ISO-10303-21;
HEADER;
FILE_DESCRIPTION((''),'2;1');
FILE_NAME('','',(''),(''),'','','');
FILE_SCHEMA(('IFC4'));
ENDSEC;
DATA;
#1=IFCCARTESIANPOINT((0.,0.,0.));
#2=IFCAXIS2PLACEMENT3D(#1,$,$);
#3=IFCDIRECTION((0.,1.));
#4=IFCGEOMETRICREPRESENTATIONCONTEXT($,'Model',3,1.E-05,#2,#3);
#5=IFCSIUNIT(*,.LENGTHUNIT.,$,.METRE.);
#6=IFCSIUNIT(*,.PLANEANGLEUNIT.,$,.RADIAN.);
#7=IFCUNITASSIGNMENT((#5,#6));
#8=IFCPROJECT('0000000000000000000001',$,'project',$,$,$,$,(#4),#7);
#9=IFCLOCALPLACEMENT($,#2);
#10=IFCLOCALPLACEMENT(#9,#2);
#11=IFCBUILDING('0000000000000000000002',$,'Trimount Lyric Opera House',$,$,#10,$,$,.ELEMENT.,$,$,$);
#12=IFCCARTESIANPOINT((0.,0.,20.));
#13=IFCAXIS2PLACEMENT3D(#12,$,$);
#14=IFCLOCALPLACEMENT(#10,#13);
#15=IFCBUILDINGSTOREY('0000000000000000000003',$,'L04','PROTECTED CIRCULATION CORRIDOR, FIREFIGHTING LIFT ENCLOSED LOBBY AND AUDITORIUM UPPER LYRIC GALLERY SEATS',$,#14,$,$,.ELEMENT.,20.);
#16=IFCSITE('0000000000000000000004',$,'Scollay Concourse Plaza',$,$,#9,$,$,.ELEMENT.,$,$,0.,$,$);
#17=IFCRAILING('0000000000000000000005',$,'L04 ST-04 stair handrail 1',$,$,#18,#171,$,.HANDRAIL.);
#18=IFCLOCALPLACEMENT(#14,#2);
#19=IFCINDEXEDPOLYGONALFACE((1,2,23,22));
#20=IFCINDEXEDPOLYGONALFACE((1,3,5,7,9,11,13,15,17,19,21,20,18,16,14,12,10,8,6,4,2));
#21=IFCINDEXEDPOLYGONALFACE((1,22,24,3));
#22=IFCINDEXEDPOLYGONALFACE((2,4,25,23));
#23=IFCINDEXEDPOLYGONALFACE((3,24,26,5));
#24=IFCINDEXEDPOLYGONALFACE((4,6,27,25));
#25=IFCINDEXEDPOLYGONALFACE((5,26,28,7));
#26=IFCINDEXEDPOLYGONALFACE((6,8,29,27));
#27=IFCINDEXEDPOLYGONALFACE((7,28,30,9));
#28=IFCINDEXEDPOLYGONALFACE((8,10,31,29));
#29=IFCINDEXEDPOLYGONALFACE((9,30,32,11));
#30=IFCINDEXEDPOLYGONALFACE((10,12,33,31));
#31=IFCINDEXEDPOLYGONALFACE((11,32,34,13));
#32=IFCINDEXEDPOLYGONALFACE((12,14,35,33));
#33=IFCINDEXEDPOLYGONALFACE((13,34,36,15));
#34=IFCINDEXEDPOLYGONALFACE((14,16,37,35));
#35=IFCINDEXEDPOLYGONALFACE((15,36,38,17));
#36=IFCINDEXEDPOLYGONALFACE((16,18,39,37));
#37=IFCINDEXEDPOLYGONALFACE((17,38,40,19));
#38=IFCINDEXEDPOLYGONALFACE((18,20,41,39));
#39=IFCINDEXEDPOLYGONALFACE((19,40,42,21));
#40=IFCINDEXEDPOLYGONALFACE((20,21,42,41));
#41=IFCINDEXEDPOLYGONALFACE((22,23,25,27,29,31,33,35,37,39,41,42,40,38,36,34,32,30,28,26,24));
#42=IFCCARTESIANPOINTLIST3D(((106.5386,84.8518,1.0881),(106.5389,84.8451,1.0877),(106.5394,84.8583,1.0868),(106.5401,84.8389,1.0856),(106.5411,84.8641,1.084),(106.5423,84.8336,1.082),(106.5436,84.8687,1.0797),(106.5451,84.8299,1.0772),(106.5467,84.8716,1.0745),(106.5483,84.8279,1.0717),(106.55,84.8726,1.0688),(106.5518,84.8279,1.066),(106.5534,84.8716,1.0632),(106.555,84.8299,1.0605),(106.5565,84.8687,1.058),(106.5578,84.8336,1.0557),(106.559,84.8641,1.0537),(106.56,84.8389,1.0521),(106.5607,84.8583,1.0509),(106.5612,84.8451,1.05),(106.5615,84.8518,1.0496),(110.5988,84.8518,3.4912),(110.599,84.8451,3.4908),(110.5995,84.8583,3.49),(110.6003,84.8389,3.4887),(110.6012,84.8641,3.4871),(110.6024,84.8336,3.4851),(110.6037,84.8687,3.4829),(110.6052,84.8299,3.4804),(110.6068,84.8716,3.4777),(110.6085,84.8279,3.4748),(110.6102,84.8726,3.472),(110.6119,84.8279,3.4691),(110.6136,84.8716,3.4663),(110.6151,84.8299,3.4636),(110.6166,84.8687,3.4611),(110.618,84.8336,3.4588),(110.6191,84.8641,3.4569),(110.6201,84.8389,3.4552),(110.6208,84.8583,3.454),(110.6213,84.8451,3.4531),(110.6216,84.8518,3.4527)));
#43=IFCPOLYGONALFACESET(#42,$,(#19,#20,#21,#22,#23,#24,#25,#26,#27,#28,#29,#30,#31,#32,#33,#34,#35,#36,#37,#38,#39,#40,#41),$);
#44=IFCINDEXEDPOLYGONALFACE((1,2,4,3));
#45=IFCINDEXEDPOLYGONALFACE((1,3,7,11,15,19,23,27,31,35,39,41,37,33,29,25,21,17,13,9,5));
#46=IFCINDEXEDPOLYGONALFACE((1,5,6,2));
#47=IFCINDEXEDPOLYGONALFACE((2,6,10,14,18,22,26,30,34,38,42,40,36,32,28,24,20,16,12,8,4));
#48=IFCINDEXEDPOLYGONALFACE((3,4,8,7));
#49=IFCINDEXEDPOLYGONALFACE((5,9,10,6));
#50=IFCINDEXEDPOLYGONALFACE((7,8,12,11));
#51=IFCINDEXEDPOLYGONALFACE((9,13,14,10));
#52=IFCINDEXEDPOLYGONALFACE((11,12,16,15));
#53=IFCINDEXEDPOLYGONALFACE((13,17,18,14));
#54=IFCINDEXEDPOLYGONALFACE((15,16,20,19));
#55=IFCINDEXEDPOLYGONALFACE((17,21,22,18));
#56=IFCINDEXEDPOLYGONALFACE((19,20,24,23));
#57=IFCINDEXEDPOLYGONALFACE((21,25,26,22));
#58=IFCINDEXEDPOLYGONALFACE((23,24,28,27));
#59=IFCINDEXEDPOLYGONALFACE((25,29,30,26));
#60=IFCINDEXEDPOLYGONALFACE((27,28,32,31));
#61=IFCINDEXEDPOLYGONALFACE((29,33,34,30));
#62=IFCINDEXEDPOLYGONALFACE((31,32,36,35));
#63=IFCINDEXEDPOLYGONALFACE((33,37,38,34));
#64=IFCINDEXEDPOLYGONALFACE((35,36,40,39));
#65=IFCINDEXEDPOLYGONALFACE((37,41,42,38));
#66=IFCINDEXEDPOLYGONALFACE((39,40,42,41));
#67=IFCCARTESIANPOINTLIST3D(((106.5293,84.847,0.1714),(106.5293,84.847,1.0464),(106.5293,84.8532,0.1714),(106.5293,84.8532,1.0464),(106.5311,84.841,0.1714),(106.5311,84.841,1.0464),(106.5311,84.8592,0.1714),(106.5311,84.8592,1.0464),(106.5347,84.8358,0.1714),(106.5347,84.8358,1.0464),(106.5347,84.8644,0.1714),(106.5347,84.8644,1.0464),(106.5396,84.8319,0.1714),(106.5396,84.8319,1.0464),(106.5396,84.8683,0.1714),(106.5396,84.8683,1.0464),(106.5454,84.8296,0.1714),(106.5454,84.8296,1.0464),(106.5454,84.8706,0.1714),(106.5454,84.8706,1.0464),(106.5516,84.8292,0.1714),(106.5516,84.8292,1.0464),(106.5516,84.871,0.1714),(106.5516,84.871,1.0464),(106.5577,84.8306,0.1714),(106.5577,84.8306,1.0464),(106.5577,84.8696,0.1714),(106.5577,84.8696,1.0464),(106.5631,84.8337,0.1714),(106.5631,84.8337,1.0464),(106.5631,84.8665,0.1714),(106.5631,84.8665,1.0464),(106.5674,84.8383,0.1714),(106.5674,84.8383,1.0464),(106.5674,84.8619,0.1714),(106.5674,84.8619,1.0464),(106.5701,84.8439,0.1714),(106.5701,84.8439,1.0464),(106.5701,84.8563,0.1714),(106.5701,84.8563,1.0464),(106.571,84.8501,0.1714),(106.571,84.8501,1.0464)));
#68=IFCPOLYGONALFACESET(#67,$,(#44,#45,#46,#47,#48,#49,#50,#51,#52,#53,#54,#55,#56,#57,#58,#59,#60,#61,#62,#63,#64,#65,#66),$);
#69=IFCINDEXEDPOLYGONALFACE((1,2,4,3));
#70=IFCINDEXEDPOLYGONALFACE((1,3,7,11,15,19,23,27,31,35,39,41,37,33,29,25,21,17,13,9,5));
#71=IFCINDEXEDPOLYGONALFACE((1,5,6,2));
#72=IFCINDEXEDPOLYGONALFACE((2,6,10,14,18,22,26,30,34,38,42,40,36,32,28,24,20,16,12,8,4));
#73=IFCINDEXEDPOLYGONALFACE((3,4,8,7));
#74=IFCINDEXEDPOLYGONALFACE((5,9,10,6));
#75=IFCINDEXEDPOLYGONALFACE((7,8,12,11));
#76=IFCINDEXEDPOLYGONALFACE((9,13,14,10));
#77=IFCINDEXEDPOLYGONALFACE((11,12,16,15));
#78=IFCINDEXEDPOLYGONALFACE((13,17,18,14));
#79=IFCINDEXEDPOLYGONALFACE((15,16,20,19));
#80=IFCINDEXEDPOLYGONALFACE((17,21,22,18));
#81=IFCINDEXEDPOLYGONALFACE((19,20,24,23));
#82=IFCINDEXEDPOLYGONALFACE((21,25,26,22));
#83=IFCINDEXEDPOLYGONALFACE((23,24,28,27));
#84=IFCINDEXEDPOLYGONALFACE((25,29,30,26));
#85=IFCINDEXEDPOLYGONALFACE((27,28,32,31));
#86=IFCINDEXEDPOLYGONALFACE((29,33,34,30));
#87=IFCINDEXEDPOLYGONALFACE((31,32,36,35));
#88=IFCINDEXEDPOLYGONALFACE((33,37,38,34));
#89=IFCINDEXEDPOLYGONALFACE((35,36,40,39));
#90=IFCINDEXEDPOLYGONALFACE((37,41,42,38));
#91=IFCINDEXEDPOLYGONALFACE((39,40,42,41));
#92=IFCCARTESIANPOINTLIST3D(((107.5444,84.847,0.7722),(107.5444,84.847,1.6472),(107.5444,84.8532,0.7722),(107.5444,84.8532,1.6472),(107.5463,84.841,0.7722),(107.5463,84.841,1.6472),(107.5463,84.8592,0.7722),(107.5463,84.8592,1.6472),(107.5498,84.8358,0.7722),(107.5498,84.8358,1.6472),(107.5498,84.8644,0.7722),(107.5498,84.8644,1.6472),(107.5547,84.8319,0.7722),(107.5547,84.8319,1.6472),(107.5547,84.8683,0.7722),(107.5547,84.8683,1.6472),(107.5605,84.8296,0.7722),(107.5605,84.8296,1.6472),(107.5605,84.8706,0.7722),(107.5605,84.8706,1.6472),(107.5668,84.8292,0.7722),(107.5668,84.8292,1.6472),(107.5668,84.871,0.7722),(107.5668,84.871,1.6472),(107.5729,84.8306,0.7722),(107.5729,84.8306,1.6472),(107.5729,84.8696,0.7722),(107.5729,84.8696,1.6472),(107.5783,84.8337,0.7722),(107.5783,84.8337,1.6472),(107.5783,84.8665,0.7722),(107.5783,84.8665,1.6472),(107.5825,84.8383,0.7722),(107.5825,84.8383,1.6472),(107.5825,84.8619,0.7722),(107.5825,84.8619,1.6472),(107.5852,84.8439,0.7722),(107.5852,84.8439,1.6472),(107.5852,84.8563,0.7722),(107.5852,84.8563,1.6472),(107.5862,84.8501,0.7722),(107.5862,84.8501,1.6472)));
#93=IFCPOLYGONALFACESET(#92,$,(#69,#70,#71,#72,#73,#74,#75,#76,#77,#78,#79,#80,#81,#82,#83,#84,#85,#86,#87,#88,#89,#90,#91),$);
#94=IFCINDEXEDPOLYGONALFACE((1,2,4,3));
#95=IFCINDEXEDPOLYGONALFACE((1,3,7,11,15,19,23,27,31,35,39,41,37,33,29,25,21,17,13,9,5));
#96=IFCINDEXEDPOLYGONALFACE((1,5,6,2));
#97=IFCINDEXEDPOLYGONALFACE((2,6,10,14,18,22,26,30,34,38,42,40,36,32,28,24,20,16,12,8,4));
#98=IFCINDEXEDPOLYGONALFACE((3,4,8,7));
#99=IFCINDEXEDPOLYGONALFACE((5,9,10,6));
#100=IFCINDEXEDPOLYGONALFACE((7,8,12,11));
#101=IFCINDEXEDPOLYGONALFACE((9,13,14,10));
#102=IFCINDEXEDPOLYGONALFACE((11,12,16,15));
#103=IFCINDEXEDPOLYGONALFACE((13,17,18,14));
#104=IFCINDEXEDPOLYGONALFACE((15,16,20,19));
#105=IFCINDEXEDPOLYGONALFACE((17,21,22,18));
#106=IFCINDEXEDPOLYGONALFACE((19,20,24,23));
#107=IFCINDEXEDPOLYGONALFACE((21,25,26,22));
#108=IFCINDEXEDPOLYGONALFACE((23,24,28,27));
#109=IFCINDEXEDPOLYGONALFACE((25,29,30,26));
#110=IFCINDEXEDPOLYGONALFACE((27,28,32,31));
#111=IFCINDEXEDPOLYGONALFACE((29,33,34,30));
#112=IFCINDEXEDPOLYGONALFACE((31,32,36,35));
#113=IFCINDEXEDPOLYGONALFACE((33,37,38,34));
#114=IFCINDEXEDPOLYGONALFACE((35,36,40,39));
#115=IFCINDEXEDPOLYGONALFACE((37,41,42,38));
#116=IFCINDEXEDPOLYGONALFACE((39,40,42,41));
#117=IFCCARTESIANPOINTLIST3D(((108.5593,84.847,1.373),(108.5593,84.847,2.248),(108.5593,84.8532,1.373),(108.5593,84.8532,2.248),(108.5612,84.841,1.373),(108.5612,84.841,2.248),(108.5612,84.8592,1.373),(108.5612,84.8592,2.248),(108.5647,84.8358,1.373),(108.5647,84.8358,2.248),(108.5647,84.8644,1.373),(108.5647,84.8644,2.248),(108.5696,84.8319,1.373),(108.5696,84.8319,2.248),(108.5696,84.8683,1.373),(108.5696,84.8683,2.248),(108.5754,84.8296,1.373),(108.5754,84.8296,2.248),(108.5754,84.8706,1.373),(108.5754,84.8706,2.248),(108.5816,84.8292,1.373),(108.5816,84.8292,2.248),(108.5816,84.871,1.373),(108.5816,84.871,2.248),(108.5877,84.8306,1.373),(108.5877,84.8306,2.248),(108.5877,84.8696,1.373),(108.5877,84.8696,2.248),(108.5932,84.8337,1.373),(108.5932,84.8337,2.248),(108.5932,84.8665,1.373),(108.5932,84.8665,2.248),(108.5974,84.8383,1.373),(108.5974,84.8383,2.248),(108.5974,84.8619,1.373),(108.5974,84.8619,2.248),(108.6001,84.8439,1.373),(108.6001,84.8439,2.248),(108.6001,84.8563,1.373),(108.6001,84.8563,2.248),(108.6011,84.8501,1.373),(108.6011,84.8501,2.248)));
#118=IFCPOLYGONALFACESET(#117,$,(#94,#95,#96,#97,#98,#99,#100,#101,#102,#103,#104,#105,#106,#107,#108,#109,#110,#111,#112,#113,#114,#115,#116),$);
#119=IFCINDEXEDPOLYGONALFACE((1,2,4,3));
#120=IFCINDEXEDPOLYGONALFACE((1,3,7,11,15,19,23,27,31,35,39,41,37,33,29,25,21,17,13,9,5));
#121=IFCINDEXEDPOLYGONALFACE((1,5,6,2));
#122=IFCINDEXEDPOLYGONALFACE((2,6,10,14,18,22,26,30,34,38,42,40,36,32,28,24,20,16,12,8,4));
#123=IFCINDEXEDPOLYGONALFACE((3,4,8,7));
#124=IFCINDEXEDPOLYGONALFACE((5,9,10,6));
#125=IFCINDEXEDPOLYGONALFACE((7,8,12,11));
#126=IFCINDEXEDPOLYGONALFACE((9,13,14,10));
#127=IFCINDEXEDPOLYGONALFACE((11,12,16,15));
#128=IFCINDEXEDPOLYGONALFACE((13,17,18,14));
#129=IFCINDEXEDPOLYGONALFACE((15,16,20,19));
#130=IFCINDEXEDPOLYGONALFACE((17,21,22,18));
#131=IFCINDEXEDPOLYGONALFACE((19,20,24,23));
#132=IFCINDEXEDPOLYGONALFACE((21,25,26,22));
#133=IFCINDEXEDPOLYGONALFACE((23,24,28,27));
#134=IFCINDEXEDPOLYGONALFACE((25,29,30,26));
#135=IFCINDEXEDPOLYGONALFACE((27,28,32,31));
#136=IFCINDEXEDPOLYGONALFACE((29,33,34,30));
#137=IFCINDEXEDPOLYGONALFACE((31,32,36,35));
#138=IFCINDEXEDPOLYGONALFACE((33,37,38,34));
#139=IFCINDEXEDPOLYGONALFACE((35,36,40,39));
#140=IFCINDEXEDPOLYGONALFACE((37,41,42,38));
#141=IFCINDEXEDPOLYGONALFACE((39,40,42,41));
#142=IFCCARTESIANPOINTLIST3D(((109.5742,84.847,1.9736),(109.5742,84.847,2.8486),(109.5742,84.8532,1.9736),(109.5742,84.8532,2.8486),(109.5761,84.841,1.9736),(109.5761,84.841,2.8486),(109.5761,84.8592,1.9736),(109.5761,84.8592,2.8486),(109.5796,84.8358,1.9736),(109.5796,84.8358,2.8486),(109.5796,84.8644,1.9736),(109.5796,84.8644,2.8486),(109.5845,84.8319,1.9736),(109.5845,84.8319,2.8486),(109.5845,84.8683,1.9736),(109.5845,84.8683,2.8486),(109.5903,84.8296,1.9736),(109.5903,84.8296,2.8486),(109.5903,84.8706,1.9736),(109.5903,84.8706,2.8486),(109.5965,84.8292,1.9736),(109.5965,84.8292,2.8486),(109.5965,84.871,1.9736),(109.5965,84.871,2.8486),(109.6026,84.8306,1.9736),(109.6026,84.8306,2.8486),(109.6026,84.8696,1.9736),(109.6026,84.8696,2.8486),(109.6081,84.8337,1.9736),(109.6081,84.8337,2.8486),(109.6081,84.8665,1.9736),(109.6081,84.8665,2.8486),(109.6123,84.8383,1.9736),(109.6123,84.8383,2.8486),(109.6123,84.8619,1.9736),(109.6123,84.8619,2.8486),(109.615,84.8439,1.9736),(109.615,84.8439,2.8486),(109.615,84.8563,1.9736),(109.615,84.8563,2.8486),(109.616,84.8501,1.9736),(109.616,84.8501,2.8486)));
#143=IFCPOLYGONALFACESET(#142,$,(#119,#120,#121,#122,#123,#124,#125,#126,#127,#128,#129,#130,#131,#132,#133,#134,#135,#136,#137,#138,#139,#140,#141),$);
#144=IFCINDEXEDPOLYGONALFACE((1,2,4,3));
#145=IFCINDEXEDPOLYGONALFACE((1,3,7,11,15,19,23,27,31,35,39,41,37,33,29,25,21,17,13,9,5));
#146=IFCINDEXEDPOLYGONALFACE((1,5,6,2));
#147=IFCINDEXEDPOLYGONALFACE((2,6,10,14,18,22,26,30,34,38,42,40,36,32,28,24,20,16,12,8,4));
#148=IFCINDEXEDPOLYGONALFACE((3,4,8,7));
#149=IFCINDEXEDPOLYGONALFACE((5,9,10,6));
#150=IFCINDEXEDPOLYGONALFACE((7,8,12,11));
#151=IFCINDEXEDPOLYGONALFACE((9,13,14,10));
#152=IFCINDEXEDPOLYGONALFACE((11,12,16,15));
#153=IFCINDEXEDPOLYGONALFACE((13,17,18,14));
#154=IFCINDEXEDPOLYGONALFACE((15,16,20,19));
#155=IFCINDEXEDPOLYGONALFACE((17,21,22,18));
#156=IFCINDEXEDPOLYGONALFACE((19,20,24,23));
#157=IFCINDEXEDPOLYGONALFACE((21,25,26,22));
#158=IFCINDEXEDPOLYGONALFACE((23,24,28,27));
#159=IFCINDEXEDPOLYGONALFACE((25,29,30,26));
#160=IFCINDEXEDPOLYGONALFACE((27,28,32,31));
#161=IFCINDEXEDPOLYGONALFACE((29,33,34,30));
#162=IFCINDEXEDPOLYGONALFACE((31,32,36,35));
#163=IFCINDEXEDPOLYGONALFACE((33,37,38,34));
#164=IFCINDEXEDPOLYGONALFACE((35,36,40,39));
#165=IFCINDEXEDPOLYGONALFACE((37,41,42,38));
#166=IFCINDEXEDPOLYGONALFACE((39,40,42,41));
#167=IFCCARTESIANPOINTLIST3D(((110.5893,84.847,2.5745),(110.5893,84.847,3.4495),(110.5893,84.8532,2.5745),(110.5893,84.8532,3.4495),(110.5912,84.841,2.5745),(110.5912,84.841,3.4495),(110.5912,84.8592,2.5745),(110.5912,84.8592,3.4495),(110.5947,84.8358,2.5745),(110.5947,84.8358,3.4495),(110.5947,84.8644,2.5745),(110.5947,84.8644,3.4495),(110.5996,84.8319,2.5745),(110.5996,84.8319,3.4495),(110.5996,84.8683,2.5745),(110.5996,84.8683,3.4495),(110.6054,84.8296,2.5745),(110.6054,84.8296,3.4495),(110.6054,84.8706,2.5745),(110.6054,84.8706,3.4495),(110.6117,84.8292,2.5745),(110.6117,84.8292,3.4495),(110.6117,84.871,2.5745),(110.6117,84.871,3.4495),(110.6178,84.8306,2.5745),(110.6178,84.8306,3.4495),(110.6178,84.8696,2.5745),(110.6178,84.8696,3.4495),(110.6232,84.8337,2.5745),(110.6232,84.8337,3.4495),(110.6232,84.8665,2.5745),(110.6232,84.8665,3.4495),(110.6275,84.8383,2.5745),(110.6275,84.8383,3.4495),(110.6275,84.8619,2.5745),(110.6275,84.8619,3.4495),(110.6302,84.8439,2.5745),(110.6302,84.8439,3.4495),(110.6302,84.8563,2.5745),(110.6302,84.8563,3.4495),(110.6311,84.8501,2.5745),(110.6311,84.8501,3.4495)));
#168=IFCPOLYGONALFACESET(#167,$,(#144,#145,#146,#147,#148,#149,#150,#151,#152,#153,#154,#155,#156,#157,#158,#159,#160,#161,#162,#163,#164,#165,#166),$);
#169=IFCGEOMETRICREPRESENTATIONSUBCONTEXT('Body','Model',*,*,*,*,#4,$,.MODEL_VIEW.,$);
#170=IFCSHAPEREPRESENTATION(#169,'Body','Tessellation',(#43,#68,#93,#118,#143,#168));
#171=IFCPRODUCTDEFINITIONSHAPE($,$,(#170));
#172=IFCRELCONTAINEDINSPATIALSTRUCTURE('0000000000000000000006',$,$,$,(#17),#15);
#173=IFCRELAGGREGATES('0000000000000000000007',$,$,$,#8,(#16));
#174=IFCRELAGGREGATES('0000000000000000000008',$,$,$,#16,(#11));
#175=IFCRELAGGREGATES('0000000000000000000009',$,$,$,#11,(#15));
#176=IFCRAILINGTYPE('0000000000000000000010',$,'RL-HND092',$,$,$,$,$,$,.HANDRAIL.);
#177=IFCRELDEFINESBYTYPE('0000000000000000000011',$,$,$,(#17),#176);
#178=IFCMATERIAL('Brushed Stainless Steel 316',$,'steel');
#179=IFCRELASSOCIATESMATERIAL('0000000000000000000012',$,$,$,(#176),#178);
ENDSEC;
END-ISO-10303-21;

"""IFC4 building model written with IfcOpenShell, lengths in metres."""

from ifc_helpers import new_model, si_unit, direction, frame, origin, origin_2d, place, context, subcontext, project, spatial, circle, extrude, material, type_object, element, save


model = new_model("IFC4")

# Units and contexts
model_context = context("Model", 3, precision=1e-05, world=origin(), true_north=direction((0.0, 1.0)))
body_context = subcontext(model_context, "Body", "Model", "MODEL_VIEW")
ifc_project = project(units=[si_unit("LENGTHUNIT", "METRE"), si_unit("PLANEANGLEUNIT", "RADIAN")], contexts=[model_context])

# Site, building, storey
site_placement = place(None, origin())
site = spatial("IfcSite", under=ifc_project, at=site_placement, Name="Scollay Concourse Plaza", CompositionType="ELEMENT", RefElevation=0.0)
building_placement = place(site_placement, origin())
building = spatial("IfcBuilding", under=site, at=building_placement, Name="Trimount Lyric Opera House", CompositionType="ELEMENT")
storey_placement = place(building_placement, frame((0.0, 0.0, 20.0)))
storey = spatial("IfcBuildingStorey", under=building, at=storey_placement, Name="L04", Description="PROTECTED CIRCULATION CORRIDOR, FIREFIGHTING LIFT ENCLOSED LOBBY AND AUDITORIUM UPPER LYRIC GALLERY SEATS", CompositionType="ELEMENT", Elevation=20.0)

# Railing
ifc_material_1 = material(Name="Brushed Stainless Steel 316", Category="steel")
railing_type_1 = type_object("IfcRailingType", Name="RL-HND092", PredefinedType="HANDRAIL", material=ifc_material_1)
for number, where, name in (
    (1, (106.55, 84.8501, 0.1714), "L04 ST-04 stair handrail 1"),
):
    element("IfcRailing", number, at=place(storey_placement, frame(where)), inside=storey, type_object=railing_type_1, Name=name, PredefinedType="HANDRAIL", context=body_context, shape_type="SweptSolid", body=[
        extrude(circle(Radius=0.0225, at=origin_2d()), frame((0.0, 0.0, 0.8975), z_axis=(0.86056, 0.0, 0.50935), x_axis=(0.0, 1.0, 0.0)), (0.0, 0.0, 1.0), 4.718),
        extrude(circle(Radius=0.021, at=origin_2d()), origin(), (0.0, 0.0, 1.0), 0.875),
        extrude(circle(Radius=0.021, at=origin_2d()), frame((1.0151, 0.0, 0.6008)), (0.0, 0.0, 1.0), 0.875),
        extrude(circle(Radius=0.021, at=origin_2d()), frame((2.03, 0.0, 1.2017)), (0.0, 0.0, 1.0), 0.875),
        extrude(circle(Radius=0.021, at=origin_2d()), frame((3.0449, 0.0, 1.8022)), (0.0, 0.0, 1.0), 0.875),
        extrude(circle(Radius=0.021, at=origin_2d()), frame((4.0601, 0.0, 2.4031)), (0.0, 0.0, 1.0), 0.875),
    ])

save(model, "model.ifc")
